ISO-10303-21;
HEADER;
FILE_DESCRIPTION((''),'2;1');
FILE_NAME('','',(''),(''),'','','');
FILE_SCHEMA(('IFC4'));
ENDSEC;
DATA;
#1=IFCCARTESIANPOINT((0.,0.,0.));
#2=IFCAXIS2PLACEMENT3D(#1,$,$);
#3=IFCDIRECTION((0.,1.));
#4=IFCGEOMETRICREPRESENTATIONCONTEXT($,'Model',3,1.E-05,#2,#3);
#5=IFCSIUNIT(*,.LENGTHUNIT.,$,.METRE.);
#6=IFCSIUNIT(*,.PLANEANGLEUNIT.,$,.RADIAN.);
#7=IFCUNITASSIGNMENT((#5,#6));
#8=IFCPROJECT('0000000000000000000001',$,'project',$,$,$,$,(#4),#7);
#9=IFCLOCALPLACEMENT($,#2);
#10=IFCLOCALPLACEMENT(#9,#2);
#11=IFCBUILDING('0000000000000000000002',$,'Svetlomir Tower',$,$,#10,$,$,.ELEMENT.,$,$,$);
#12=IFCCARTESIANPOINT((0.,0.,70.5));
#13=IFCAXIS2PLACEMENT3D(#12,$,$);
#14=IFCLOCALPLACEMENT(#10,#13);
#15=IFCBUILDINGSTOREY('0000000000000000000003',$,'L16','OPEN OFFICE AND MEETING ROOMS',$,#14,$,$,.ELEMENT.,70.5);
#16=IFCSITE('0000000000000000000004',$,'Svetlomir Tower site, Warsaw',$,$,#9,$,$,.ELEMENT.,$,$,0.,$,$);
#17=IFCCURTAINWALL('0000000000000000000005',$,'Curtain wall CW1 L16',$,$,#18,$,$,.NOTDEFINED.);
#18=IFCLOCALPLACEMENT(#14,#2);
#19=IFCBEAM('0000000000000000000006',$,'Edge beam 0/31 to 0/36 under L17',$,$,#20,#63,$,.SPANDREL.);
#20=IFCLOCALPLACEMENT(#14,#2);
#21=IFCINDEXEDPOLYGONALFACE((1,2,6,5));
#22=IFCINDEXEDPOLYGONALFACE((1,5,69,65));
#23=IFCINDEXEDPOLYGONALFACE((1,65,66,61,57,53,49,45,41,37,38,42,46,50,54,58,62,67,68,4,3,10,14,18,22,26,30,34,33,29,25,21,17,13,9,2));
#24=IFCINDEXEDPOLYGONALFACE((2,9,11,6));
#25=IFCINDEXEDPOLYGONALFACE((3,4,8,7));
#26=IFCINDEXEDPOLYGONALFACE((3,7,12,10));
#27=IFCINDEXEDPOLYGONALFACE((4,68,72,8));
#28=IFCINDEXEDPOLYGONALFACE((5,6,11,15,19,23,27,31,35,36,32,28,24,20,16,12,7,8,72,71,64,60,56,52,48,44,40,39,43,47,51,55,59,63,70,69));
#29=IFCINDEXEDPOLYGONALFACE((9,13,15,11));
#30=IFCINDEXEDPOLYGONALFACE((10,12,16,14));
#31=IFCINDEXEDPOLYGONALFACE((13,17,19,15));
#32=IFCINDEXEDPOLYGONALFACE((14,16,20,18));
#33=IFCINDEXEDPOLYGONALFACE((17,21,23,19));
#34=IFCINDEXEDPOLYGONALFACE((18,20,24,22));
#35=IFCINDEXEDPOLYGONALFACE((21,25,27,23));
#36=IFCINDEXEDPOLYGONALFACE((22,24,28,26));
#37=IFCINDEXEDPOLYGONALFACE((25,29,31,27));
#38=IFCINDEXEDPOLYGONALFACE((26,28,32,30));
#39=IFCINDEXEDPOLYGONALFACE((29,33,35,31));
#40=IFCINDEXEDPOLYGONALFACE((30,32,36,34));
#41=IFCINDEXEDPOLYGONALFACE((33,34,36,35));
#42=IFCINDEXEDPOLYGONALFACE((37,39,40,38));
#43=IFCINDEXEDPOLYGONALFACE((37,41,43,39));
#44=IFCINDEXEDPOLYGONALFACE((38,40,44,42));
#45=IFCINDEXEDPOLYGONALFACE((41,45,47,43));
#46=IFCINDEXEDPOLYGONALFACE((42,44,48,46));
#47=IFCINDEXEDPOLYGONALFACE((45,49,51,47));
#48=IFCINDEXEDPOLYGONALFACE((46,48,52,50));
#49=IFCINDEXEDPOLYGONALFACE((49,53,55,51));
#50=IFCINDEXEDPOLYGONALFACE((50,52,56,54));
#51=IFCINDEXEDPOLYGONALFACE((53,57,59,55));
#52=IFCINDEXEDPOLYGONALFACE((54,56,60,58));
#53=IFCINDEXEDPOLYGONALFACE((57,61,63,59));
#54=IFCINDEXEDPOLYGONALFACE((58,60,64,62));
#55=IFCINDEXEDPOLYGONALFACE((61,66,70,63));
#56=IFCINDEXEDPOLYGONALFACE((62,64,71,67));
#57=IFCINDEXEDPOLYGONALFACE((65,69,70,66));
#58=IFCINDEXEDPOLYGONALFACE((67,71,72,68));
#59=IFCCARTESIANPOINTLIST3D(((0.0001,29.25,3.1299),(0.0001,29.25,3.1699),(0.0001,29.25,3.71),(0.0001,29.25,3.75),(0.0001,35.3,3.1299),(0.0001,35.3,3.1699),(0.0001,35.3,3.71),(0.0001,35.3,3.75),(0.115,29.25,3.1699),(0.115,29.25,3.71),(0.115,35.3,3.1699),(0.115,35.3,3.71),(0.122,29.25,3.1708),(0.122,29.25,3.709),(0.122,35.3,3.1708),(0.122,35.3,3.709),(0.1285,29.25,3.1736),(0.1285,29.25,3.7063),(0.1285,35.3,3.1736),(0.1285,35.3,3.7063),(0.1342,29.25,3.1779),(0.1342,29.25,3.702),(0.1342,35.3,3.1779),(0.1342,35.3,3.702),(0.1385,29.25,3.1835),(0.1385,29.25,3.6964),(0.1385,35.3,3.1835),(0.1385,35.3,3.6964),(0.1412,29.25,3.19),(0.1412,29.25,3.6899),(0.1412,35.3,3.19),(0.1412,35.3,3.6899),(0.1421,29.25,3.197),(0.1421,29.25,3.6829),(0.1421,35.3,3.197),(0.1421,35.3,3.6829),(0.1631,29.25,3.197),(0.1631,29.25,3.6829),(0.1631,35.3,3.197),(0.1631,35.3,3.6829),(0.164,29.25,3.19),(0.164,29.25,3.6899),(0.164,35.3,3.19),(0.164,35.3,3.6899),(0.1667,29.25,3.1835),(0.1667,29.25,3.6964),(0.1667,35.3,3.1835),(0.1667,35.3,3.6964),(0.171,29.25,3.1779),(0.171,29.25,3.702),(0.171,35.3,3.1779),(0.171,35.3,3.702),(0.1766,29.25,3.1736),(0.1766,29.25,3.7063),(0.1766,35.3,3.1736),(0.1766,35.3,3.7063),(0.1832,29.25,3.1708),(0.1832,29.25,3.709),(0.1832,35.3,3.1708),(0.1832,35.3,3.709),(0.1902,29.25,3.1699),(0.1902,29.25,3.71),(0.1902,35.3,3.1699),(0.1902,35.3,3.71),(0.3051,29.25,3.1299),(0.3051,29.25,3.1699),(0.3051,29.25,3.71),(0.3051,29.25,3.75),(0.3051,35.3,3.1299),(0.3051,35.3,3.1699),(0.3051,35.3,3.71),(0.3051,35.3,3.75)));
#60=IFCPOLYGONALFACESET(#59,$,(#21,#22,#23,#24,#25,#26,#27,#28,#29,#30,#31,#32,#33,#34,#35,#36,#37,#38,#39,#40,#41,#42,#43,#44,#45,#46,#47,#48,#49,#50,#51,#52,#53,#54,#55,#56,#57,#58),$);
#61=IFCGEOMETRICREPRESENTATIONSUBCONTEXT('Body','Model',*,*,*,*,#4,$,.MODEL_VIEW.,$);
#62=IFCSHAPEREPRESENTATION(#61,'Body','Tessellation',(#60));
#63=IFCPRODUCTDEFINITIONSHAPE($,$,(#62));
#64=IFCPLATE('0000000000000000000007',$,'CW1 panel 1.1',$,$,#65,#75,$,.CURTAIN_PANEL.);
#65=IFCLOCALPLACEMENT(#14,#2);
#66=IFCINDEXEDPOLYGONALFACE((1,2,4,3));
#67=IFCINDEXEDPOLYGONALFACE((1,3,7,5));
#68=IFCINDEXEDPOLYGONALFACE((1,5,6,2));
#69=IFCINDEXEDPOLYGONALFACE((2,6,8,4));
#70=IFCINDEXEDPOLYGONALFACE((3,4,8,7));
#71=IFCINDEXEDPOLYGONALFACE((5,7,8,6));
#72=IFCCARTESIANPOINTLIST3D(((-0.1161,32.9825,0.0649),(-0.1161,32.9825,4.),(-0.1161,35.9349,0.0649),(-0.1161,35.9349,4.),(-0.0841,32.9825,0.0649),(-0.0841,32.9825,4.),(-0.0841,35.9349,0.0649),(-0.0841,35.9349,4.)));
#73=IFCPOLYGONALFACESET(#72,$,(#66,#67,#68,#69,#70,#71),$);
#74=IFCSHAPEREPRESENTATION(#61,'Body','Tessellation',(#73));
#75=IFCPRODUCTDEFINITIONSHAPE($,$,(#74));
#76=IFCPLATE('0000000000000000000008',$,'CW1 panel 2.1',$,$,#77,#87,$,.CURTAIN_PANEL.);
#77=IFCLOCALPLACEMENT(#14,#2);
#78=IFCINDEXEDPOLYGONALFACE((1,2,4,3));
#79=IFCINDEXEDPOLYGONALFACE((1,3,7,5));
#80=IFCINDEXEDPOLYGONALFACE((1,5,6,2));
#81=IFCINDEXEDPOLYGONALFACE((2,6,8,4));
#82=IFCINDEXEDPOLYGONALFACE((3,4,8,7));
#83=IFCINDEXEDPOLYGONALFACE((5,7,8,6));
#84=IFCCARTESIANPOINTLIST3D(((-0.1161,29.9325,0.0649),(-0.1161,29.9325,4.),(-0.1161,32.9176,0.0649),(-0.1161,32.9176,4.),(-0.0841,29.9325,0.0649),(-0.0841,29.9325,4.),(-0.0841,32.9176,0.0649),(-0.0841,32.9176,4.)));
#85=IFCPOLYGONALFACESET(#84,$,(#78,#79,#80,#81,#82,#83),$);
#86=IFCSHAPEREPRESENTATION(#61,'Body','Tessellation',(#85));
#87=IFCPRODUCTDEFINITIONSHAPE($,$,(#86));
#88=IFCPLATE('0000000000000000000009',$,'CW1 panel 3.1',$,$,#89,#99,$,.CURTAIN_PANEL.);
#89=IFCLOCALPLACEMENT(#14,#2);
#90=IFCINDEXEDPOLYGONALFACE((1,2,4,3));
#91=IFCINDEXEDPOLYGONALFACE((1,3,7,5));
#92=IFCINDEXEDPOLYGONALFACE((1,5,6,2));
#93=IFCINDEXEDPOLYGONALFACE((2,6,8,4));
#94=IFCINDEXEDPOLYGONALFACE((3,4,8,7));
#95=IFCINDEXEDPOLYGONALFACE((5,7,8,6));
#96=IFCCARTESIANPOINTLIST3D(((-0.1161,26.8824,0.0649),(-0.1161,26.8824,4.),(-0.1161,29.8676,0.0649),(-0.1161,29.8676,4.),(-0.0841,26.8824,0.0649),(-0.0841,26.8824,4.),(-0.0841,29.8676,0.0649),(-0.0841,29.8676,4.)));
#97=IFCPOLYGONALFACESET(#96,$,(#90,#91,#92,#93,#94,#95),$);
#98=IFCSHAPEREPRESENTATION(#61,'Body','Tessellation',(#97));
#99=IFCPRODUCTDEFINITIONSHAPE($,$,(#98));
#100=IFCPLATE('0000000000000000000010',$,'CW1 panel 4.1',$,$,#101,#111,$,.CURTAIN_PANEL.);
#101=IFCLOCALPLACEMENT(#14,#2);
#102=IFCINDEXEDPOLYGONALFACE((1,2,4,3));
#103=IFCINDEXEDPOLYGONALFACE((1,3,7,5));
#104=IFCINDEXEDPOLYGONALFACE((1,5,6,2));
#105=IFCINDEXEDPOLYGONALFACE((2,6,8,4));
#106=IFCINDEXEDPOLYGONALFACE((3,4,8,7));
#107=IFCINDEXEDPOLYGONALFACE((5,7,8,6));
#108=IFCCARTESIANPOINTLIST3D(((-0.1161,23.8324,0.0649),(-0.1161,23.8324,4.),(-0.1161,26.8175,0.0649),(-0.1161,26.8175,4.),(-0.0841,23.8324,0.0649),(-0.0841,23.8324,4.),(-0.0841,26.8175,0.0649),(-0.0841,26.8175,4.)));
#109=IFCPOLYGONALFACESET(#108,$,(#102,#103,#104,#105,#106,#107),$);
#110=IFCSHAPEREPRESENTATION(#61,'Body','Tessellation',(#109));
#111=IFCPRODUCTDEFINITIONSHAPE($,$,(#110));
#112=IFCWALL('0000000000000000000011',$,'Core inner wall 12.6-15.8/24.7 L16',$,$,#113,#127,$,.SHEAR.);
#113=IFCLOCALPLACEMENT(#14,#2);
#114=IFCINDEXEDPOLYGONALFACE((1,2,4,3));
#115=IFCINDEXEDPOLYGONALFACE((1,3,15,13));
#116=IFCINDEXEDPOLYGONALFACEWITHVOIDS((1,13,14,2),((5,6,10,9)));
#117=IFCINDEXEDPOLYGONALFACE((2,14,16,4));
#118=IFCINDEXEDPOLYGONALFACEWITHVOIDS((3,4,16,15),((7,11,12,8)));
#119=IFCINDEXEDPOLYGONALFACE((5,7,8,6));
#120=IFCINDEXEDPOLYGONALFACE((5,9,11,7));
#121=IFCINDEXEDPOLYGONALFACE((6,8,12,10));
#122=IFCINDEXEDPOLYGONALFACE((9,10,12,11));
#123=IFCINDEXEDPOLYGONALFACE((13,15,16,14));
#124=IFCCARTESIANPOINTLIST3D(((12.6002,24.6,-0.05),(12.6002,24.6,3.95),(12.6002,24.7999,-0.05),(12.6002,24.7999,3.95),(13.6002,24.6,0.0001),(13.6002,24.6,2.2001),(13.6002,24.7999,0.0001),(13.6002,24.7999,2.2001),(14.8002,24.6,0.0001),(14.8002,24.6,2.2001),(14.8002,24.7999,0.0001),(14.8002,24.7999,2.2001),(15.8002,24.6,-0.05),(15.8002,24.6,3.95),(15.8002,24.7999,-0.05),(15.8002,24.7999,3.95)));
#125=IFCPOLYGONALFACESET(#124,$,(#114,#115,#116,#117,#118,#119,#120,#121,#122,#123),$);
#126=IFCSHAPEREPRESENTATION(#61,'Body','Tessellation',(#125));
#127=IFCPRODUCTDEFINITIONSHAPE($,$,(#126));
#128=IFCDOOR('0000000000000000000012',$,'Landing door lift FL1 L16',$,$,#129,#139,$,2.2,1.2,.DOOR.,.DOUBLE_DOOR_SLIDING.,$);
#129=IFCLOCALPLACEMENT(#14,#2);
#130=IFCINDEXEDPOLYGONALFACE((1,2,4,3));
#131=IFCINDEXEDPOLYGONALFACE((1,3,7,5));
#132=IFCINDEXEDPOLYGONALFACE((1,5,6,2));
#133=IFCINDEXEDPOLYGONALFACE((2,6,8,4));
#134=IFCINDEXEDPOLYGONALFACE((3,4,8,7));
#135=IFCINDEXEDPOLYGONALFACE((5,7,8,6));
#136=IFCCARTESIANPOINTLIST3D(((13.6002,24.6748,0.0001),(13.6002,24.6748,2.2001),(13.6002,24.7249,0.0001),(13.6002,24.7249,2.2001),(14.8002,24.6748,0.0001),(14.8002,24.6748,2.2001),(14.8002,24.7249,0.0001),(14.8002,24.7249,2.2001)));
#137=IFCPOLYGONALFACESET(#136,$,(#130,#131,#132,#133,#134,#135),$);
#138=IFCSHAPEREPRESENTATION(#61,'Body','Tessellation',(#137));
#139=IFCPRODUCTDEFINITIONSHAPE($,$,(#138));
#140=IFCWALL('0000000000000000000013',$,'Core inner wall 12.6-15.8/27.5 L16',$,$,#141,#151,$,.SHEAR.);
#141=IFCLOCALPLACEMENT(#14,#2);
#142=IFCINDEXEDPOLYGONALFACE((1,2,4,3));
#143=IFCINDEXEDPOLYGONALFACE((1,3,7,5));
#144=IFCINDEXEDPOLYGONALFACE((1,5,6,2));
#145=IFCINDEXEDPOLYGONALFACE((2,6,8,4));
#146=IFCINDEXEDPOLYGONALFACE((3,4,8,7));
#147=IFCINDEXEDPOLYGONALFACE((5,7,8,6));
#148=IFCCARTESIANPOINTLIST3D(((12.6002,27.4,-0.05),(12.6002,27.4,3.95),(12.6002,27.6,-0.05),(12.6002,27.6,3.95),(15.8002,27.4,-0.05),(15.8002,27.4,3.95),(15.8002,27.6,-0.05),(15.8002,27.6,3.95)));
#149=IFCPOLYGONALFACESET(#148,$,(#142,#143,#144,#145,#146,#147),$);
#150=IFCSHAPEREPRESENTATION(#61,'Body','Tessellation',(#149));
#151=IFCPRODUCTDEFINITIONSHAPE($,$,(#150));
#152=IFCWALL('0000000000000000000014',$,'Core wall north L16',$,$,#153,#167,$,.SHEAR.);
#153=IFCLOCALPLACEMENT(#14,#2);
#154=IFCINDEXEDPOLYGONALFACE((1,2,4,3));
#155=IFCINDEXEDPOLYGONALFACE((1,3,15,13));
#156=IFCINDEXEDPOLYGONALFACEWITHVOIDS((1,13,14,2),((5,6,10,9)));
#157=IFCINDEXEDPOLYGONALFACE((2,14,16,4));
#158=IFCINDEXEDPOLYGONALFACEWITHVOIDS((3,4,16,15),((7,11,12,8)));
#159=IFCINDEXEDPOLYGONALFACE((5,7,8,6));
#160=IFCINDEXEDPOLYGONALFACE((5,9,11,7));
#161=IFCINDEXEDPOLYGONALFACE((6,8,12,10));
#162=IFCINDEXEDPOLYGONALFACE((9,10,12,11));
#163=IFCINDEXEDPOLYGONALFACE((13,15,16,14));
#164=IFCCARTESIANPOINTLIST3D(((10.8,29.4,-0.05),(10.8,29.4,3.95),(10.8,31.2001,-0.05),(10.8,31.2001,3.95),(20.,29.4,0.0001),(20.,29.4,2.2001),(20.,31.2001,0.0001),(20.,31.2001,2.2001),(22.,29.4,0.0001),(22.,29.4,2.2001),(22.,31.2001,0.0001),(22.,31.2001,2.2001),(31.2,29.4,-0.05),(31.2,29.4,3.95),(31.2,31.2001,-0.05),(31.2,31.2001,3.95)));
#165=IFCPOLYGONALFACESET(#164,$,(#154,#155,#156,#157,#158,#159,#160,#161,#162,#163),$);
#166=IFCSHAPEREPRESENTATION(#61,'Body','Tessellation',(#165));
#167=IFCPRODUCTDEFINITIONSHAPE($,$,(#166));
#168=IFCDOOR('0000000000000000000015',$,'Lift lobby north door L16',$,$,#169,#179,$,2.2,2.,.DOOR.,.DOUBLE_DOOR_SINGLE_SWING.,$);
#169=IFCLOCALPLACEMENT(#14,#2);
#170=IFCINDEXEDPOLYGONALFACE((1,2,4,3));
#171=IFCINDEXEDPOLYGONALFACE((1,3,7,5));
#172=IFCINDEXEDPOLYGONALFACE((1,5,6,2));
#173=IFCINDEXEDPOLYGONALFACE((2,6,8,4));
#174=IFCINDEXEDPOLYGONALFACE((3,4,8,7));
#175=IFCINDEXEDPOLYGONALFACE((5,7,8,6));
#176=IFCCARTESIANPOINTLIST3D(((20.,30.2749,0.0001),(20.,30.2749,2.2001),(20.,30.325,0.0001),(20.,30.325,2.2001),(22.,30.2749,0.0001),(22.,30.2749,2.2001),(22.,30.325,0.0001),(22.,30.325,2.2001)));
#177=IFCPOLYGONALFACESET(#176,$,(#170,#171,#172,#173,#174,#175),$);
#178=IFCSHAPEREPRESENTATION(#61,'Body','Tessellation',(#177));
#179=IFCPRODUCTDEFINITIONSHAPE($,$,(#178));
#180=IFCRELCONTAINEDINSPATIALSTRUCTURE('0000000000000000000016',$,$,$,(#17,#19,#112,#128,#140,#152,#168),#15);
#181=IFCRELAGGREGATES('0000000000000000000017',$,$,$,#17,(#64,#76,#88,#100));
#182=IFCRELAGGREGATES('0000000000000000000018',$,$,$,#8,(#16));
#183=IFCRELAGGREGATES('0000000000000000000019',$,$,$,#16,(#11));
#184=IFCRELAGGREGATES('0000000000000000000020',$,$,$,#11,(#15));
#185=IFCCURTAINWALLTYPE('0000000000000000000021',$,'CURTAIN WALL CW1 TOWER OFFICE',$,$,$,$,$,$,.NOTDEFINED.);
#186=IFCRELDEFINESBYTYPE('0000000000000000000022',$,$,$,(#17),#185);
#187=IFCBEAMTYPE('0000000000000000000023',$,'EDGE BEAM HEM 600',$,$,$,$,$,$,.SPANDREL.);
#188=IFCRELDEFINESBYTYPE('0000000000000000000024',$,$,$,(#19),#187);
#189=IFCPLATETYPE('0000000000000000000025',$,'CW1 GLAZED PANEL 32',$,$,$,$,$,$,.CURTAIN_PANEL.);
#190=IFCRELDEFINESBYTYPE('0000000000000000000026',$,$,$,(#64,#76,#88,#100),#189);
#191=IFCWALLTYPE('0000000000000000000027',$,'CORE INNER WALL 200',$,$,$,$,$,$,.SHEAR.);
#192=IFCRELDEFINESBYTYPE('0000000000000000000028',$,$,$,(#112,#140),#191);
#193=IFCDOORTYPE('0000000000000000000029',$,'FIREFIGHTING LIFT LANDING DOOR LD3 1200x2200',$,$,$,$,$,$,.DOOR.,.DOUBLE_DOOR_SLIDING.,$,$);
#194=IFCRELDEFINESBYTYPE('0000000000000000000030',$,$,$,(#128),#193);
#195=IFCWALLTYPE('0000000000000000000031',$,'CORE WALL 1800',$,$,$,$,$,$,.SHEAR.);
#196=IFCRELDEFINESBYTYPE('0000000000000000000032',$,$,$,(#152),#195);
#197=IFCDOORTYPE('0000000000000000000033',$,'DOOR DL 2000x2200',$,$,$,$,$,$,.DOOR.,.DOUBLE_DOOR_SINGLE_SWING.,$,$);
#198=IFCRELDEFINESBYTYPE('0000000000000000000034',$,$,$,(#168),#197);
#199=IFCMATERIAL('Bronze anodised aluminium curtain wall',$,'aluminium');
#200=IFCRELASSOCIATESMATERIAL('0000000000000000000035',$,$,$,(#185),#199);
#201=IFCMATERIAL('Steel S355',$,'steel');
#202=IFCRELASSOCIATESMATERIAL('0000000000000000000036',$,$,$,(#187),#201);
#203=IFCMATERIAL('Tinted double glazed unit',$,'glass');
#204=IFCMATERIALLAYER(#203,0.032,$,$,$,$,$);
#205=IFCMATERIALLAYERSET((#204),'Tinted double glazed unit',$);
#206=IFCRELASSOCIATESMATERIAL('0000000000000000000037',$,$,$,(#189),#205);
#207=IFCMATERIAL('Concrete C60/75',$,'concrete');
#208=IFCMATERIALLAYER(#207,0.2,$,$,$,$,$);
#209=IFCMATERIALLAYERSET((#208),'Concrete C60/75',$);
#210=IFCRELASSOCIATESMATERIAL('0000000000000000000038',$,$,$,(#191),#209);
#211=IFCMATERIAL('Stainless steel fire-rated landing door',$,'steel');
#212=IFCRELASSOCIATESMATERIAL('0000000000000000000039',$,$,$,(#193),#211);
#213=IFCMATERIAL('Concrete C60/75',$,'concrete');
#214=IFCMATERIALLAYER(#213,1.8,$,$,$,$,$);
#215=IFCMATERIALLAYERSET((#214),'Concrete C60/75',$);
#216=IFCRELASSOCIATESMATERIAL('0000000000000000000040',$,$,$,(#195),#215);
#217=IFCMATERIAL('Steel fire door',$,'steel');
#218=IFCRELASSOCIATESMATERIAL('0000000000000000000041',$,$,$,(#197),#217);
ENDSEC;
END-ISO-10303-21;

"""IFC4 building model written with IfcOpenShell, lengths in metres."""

from ifc_helpers import new_model, si_unit, direction, frame, frame_2d, origin, origin_2d, place, context, subcontext, project, spatial, rectangle, i_section, extrude, material, layer, layer_set, material_profile, profile_set, type_object, element, fill, aggregate, save


model = new_model("IFC4")

# Units and contexts
model_context = context("Model", 3, precision=1e-05, world=origin(), true_north=direction((0.0, 1.0)))
body_context = subcontext(model_context, "Body", "Model", "MODEL_VIEW")
ifc_project = project(units=[si_unit("LENGTHUNIT", "METRE"), si_unit("PLANEANGLEUNIT", "RADIAN")], contexts=[model_context])

# Site, building, storey
site_placement = place(None, origin())
site = spatial("IfcSite", under=ifc_project, at=site_placement, Name="Svetlomir Tower site, Warsaw", CompositionType="ELEMENT", RefElevation=0.0)
building_placement = place(site_placement, origin())
building = spatial("IfcBuilding", under=site, at=building_placement, Name="Svetlomir Tower", CompositionType="ELEMENT")
storey_placement = place(building_placement, frame((0.0, 0.0, 70.5)))
storey = spatial("IfcBuildingStorey", under=building, at=storey_placement, Name="L16", Description="OPEN OFFICE AND MEETING ROOMS", CompositionType="ELEMENT", Elevation=70.5)

# Curtain wall
ifc_material_1 = material(Name="Bronze anodised aluminium curtain wall", Category="aluminium")
curtain_wall_type = type_object("IfcCurtainWallType", Name="CURTAIN WALL CW1 TOWER OFFICE", PredefinedType="NOTDEFINED", material=ifc_material_1)
curtain_wall_placement = place(storey_placement, origin())
curtain_wall = element("IfcCurtainWall", 1, at=curtain_wall_placement, inside=storey, type_object=curtain_wall_type, Name="Curtain wall CW1 L16", PredefinedType="NOTDEFINED")

# Beam
ifc_material_2 = material(Name="Steel S355", Category="steel")
ifc_material_profile_1 = material_profile(ifc_material_2, i_section(OverallWidth=0.3049, OverallDepth=0.6201, WebThickness=0.021, FlangeThickness=0.04, FilletRadius=0.0271, at=origin_2d()), Name="HEM 600")
ifc_profile_set_1 = profile_set([ifc_material_profile_1], Name="Steel S355")
beam_type = type_object("IfcBeamType", Name="EDGE BEAM HEM 600", PredefinedType="SPANDREL", material=ifc_profile_set_1)
beam_1_placement = place(storey_placement, frame((0.1526, 29.25, 3.4399), z_axis=(0.0, 1.0, 0.0), x_axis=(-1.0, 0.0, 0.0)))
element("IfcBeam", 2, at=beam_1_placement, inside=storey, type_object=beam_type, Name="Edge beam 0/31 to 0/36 under L17", PredefinedType="SPANDREL", context=body_context, shape_type="SweptSolid", body=[
    extrude(i_section(OverallWidth=0.3049, OverallDepth=0.6201, WebThickness=0.021, FlangeThickness=0.04, FilletRadius=0.0271, at=origin_2d()), origin(), (0.0, 0.0, 1.0), 6.05),
])

# Plates
ifc_material_3 = material(Name="Tinted double glazed unit", Category="glass")
ifc_layer_1 = layer(ifc_material_3, 0.032)
ifc_layer_set_1 = layer_set([ifc_layer_1], Name="Tinted double glazed unit")
plate_type = type_object("IfcPlateType", Name="CW1 GLAZED PANEL 32", PredefinedType="CURTAIN_PANEL", material=ifc_layer_set_1)
plate_1_placement = place(storey_placement, frame((-0.1001, 34.4587, 0.0649), z_axis=(0.0, 0.0, 1.0), x_axis=(0.0, -1.0, 0.0)))
plate_1 = element("IfcPlate", 3, at=plate_1_placement, type_object=plate_type, Name="CW1 panel 1.1", PredefinedType="CURTAIN_PANEL", context=body_context, shape_type="SweptSolid", body=[
    extrude(rectangle(XDim=2.9524, YDim=0.032, at=origin_2d()), origin(), (0.0, 0.0, 1.0), 3.9351),
])
plate_2_placement = place(storey_placement, frame((-0.1001, 31.425, 0.0649), z_axis=(0.0, 0.0, 1.0), x_axis=(0.0, -1.0, 0.0)))
plate_2 = element("IfcPlate", 4, at=plate_2_placement, type_object=plate_type, Name="CW1 panel 2.1", PredefinedType="CURTAIN_PANEL", context=body_context, shape_type="SweptSolid", body=[
    extrude(rectangle(XDim=2.9851, YDim=0.032, at=origin_2d()), origin(), (0.0, 0.0, 1.0), 3.9351),
])
plate_3_placement = place(storey_placement, frame((-0.1001, 28.375, 0.0649), z_axis=(0.0, 0.0, 1.0), x_axis=(0.0, -1.0, 0.0)))
plate_3 = element("IfcPlate", 5, at=plate_3_placement, type_object=plate_type, Name="CW1 panel 3.1", PredefinedType="CURTAIN_PANEL", context=body_context, shape_type="SweptSolid", body=[
    extrude(rectangle(XDim=2.9851, YDim=0.032, at=origin_2d()), origin(), (0.0, 0.0, 1.0), 3.9351),
])
plate_4_placement = place(storey_placement, frame((-0.1001, 25.325, 0.0649), z_axis=(0.0, 0.0, 1.0), x_axis=(0.0, -1.0, 0.0)))
plate_4 = element("IfcPlate", 6, at=plate_4_placement, type_object=plate_type, Name="CW1 panel 4.1", PredefinedType="CURTAIN_PANEL", context=body_context, shape_type="SweptSolid", body=[
    extrude(rectangle(XDim=2.9851, YDim=0.032, at=origin_2d()), origin(), (0.0, 0.0, 1.0), 3.9351),
])
aggregate(curtain_wall, [plate_1, plate_2, plate_3, plate_4])

# Wall, opening, door
ifc_material_4 = material(Name="Concrete C60/75", Category="concrete")
ifc_layer_2 = layer(ifc_material_4, 0.2)
ifc_layer_set_2 = layer_set([ifc_layer_2], Name="Concrete C60/75")
wall_type_1 = type_object("IfcWallType", Name="CORE INNER WALL 200", PredefinedType="SHEAR", material=ifc_layer_set_2)
wall_1_placement = place(storey_placement, frame((12.6001, 24.7, -0.05), z_axis=(0.0, 0.0, 1.0), x_axis=(1.0, 0.0, 0.0)))
wall_1 = element("IfcWall", 7, at=wall_1_placement, inside=storey, type_object=wall_type_1, Name="Core inner wall 12.6-15.8/24.7 L16", PredefinedType="SHEAR", context=body_context, shape_type="SweptSolid", body=[
    extrude(rectangle(XDim=3.2, YDim=0.2, at=frame_2d((1.6001, 0.0))), origin(), (0.0, 0.0, 1.0), 4.0),
])
opening_1_placement = place(wall_1_placement, frame((1.0, 0.0, 0.05)))
opening_1 = element("IfcOpeningElement", 8, at=opening_1_placement, cuts=wall_1, PredefinedType="OPENING", context=body_context, shape_type="SweptSolid", body=[
    extrude(rectangle(XDim=1.2, YDim=2.2, at=frame_2d((0.6001, 1.1001))), frame((0.0, 0.1099, 0.0), z_axis=(0.0, -1.0, 0.0), x_axis=(1.0, 0.0, 0.0)), (0.0, 0.0, 1.0), 0.22),
])
ifc_material_5 = material(Name="Stainless steel fire-rated landing door", Category="steel")
door_type_1 = type_object("IfcDoorType", Name="FIREFIGHTING LIFT LANDING DOOR LD3 1200x2200", OperationType="DOUBLE_DOOR_SLIDING", PredefinedType="DOOR", material=ifc_material_5)
door_1_placement = place(opening_1_placement, origin())
door_1 = element("IfcDoor", 9, at=door_1_placement, inside=storey, type_object=door_type_1, Name="Landing door lift FL1 L16", OperationType="DOUBLE_DOOR_SLIDING", OverallHeight=2.2, OverallWidth=1.2, PredefinedType="DOOR", context=body_context, shape_type="SweptSolid", body=[
    extrude(rectangle(XDim=1.2, YDim=2.2, at=frame_2d((0.6001, 1.1001))), frame((0.0, 0.0249, 0.0), z_axis=(0.0, -1.0, 0.0), x_axis=(1.0, 0.0, 0.0)), (0.0, 0.0, 1.0), 0.05),
])
fill(opening_1, door_1)

# Wall
wall_2_placement = place(storey_placement, frame((12.6001, 27.5, -0.05), z_axis=(0.0, 0.0, 1.0), x_axis=(1.0, 0.0, 0.0)))
element("IfcWall", 10, at=wall_2_placement, inside=storey, type_object=wall_type_1, Name="Core inner wall 12.6-15.8/27.5 L16", PredefinedType="SHEAR", context=body_context, shape_type="SweptSolid", body=[
    extrude(rectangle(XDim=3.2, YDim=0.2, at=frame_2d((1.6001, 0.0))), origin(), (0.0, 0.0, 1.0), 4.0),
])

# Wall, opening, door
ifc_material_6 = material(Name="Concrete C60/75", Category="concrete")
ifc_layer_3 = layer(ifc_material_6, 1.8)
ifc_layer_set_3 = layer_set([ifc_layer_3], Name="Concrete C60/75")
wall_type_2 = type_object("IfcWallType", Name="CORE WALL 1800", PredefinedType="SHEAR", material=ifc_layer_set_3)
wall_3_placement = place(storey_placement, frame((10.8, 30.3, -0.05), z_axis=(0.0, 0.0, 1.0), x_axis=(1.0, 0.0, 0.0)))
wall_3 = element("IfcWall", 11, at=wall_3_placement, inside=storey, type_object=wall_type_2, Name="Core wall north L16", PredefinedType="SHEAR", context=body_context, shape_type="SweptSolid", body=[
    extrude(rectangle(XDim=20.3999, YDim=1.8, at=frame_2d((10.2, 0.0))), origin(), (0.0, 0.0, 1.0), 4.0),
])
opening_2_placement = place(wall_3_placement, frame((9.2, 0.0, 0.05)))
opening_2 = element("IfcOpeningElement", 12, at=opening_2_placement, cuts=wall_3, PredefinedType="OPENING", context=body_context, shape_type="SweptSolid", body=[
    extrude(rectangle(XDim=2.0, YDim=2.2, at=frame_2d((1.0, 1.1001))), frame((0.0, 0.9102, 0.0), z_axis=(0.0, -1.0, 0.0), x_axis=(1.0, 0.0, 0.0)), (0.0, 0.0, 1.0), 1.8201),
])
ifc_material_7 = material(Name="Steel fire door", Category="steel")
door_type_2 = type_object("IfcDoorType", Name="DOOR DL 2000x2200", OperationType="DOUBLE_DOOR_SINGLE_SWING", PredefinedType="DOOR", material=ifc_material_7)
door_2_placement = place(opening_2_placement, origin())
door_2 = element("IfcDoor", 13, at=door_2_placement, inside=storey, type_object=door_type_2, Name="Lift lobby north door L16", OperationType="DOUBLE_DOOR_SINGLE_SWING", OverallHeight=2.2, OverallWidth=2.0, PredefinedType="DOOR", context=body_context, shape_type="SweptSolid", body=[
    extrude(rectangle(XDim=2.0, YDim=2.2, at=frame_2d((1.0, 1.1001))), frame((0.0, 0.0249, 0.0), z_axis=(0.0, -1.0, 0.0), x_axis=(1.0, 0.0, 0.0)), (0.0, 0.0, 1.0), 0.05),
])
fill(opening_2, door_2)

save(model, "model.ifc")
